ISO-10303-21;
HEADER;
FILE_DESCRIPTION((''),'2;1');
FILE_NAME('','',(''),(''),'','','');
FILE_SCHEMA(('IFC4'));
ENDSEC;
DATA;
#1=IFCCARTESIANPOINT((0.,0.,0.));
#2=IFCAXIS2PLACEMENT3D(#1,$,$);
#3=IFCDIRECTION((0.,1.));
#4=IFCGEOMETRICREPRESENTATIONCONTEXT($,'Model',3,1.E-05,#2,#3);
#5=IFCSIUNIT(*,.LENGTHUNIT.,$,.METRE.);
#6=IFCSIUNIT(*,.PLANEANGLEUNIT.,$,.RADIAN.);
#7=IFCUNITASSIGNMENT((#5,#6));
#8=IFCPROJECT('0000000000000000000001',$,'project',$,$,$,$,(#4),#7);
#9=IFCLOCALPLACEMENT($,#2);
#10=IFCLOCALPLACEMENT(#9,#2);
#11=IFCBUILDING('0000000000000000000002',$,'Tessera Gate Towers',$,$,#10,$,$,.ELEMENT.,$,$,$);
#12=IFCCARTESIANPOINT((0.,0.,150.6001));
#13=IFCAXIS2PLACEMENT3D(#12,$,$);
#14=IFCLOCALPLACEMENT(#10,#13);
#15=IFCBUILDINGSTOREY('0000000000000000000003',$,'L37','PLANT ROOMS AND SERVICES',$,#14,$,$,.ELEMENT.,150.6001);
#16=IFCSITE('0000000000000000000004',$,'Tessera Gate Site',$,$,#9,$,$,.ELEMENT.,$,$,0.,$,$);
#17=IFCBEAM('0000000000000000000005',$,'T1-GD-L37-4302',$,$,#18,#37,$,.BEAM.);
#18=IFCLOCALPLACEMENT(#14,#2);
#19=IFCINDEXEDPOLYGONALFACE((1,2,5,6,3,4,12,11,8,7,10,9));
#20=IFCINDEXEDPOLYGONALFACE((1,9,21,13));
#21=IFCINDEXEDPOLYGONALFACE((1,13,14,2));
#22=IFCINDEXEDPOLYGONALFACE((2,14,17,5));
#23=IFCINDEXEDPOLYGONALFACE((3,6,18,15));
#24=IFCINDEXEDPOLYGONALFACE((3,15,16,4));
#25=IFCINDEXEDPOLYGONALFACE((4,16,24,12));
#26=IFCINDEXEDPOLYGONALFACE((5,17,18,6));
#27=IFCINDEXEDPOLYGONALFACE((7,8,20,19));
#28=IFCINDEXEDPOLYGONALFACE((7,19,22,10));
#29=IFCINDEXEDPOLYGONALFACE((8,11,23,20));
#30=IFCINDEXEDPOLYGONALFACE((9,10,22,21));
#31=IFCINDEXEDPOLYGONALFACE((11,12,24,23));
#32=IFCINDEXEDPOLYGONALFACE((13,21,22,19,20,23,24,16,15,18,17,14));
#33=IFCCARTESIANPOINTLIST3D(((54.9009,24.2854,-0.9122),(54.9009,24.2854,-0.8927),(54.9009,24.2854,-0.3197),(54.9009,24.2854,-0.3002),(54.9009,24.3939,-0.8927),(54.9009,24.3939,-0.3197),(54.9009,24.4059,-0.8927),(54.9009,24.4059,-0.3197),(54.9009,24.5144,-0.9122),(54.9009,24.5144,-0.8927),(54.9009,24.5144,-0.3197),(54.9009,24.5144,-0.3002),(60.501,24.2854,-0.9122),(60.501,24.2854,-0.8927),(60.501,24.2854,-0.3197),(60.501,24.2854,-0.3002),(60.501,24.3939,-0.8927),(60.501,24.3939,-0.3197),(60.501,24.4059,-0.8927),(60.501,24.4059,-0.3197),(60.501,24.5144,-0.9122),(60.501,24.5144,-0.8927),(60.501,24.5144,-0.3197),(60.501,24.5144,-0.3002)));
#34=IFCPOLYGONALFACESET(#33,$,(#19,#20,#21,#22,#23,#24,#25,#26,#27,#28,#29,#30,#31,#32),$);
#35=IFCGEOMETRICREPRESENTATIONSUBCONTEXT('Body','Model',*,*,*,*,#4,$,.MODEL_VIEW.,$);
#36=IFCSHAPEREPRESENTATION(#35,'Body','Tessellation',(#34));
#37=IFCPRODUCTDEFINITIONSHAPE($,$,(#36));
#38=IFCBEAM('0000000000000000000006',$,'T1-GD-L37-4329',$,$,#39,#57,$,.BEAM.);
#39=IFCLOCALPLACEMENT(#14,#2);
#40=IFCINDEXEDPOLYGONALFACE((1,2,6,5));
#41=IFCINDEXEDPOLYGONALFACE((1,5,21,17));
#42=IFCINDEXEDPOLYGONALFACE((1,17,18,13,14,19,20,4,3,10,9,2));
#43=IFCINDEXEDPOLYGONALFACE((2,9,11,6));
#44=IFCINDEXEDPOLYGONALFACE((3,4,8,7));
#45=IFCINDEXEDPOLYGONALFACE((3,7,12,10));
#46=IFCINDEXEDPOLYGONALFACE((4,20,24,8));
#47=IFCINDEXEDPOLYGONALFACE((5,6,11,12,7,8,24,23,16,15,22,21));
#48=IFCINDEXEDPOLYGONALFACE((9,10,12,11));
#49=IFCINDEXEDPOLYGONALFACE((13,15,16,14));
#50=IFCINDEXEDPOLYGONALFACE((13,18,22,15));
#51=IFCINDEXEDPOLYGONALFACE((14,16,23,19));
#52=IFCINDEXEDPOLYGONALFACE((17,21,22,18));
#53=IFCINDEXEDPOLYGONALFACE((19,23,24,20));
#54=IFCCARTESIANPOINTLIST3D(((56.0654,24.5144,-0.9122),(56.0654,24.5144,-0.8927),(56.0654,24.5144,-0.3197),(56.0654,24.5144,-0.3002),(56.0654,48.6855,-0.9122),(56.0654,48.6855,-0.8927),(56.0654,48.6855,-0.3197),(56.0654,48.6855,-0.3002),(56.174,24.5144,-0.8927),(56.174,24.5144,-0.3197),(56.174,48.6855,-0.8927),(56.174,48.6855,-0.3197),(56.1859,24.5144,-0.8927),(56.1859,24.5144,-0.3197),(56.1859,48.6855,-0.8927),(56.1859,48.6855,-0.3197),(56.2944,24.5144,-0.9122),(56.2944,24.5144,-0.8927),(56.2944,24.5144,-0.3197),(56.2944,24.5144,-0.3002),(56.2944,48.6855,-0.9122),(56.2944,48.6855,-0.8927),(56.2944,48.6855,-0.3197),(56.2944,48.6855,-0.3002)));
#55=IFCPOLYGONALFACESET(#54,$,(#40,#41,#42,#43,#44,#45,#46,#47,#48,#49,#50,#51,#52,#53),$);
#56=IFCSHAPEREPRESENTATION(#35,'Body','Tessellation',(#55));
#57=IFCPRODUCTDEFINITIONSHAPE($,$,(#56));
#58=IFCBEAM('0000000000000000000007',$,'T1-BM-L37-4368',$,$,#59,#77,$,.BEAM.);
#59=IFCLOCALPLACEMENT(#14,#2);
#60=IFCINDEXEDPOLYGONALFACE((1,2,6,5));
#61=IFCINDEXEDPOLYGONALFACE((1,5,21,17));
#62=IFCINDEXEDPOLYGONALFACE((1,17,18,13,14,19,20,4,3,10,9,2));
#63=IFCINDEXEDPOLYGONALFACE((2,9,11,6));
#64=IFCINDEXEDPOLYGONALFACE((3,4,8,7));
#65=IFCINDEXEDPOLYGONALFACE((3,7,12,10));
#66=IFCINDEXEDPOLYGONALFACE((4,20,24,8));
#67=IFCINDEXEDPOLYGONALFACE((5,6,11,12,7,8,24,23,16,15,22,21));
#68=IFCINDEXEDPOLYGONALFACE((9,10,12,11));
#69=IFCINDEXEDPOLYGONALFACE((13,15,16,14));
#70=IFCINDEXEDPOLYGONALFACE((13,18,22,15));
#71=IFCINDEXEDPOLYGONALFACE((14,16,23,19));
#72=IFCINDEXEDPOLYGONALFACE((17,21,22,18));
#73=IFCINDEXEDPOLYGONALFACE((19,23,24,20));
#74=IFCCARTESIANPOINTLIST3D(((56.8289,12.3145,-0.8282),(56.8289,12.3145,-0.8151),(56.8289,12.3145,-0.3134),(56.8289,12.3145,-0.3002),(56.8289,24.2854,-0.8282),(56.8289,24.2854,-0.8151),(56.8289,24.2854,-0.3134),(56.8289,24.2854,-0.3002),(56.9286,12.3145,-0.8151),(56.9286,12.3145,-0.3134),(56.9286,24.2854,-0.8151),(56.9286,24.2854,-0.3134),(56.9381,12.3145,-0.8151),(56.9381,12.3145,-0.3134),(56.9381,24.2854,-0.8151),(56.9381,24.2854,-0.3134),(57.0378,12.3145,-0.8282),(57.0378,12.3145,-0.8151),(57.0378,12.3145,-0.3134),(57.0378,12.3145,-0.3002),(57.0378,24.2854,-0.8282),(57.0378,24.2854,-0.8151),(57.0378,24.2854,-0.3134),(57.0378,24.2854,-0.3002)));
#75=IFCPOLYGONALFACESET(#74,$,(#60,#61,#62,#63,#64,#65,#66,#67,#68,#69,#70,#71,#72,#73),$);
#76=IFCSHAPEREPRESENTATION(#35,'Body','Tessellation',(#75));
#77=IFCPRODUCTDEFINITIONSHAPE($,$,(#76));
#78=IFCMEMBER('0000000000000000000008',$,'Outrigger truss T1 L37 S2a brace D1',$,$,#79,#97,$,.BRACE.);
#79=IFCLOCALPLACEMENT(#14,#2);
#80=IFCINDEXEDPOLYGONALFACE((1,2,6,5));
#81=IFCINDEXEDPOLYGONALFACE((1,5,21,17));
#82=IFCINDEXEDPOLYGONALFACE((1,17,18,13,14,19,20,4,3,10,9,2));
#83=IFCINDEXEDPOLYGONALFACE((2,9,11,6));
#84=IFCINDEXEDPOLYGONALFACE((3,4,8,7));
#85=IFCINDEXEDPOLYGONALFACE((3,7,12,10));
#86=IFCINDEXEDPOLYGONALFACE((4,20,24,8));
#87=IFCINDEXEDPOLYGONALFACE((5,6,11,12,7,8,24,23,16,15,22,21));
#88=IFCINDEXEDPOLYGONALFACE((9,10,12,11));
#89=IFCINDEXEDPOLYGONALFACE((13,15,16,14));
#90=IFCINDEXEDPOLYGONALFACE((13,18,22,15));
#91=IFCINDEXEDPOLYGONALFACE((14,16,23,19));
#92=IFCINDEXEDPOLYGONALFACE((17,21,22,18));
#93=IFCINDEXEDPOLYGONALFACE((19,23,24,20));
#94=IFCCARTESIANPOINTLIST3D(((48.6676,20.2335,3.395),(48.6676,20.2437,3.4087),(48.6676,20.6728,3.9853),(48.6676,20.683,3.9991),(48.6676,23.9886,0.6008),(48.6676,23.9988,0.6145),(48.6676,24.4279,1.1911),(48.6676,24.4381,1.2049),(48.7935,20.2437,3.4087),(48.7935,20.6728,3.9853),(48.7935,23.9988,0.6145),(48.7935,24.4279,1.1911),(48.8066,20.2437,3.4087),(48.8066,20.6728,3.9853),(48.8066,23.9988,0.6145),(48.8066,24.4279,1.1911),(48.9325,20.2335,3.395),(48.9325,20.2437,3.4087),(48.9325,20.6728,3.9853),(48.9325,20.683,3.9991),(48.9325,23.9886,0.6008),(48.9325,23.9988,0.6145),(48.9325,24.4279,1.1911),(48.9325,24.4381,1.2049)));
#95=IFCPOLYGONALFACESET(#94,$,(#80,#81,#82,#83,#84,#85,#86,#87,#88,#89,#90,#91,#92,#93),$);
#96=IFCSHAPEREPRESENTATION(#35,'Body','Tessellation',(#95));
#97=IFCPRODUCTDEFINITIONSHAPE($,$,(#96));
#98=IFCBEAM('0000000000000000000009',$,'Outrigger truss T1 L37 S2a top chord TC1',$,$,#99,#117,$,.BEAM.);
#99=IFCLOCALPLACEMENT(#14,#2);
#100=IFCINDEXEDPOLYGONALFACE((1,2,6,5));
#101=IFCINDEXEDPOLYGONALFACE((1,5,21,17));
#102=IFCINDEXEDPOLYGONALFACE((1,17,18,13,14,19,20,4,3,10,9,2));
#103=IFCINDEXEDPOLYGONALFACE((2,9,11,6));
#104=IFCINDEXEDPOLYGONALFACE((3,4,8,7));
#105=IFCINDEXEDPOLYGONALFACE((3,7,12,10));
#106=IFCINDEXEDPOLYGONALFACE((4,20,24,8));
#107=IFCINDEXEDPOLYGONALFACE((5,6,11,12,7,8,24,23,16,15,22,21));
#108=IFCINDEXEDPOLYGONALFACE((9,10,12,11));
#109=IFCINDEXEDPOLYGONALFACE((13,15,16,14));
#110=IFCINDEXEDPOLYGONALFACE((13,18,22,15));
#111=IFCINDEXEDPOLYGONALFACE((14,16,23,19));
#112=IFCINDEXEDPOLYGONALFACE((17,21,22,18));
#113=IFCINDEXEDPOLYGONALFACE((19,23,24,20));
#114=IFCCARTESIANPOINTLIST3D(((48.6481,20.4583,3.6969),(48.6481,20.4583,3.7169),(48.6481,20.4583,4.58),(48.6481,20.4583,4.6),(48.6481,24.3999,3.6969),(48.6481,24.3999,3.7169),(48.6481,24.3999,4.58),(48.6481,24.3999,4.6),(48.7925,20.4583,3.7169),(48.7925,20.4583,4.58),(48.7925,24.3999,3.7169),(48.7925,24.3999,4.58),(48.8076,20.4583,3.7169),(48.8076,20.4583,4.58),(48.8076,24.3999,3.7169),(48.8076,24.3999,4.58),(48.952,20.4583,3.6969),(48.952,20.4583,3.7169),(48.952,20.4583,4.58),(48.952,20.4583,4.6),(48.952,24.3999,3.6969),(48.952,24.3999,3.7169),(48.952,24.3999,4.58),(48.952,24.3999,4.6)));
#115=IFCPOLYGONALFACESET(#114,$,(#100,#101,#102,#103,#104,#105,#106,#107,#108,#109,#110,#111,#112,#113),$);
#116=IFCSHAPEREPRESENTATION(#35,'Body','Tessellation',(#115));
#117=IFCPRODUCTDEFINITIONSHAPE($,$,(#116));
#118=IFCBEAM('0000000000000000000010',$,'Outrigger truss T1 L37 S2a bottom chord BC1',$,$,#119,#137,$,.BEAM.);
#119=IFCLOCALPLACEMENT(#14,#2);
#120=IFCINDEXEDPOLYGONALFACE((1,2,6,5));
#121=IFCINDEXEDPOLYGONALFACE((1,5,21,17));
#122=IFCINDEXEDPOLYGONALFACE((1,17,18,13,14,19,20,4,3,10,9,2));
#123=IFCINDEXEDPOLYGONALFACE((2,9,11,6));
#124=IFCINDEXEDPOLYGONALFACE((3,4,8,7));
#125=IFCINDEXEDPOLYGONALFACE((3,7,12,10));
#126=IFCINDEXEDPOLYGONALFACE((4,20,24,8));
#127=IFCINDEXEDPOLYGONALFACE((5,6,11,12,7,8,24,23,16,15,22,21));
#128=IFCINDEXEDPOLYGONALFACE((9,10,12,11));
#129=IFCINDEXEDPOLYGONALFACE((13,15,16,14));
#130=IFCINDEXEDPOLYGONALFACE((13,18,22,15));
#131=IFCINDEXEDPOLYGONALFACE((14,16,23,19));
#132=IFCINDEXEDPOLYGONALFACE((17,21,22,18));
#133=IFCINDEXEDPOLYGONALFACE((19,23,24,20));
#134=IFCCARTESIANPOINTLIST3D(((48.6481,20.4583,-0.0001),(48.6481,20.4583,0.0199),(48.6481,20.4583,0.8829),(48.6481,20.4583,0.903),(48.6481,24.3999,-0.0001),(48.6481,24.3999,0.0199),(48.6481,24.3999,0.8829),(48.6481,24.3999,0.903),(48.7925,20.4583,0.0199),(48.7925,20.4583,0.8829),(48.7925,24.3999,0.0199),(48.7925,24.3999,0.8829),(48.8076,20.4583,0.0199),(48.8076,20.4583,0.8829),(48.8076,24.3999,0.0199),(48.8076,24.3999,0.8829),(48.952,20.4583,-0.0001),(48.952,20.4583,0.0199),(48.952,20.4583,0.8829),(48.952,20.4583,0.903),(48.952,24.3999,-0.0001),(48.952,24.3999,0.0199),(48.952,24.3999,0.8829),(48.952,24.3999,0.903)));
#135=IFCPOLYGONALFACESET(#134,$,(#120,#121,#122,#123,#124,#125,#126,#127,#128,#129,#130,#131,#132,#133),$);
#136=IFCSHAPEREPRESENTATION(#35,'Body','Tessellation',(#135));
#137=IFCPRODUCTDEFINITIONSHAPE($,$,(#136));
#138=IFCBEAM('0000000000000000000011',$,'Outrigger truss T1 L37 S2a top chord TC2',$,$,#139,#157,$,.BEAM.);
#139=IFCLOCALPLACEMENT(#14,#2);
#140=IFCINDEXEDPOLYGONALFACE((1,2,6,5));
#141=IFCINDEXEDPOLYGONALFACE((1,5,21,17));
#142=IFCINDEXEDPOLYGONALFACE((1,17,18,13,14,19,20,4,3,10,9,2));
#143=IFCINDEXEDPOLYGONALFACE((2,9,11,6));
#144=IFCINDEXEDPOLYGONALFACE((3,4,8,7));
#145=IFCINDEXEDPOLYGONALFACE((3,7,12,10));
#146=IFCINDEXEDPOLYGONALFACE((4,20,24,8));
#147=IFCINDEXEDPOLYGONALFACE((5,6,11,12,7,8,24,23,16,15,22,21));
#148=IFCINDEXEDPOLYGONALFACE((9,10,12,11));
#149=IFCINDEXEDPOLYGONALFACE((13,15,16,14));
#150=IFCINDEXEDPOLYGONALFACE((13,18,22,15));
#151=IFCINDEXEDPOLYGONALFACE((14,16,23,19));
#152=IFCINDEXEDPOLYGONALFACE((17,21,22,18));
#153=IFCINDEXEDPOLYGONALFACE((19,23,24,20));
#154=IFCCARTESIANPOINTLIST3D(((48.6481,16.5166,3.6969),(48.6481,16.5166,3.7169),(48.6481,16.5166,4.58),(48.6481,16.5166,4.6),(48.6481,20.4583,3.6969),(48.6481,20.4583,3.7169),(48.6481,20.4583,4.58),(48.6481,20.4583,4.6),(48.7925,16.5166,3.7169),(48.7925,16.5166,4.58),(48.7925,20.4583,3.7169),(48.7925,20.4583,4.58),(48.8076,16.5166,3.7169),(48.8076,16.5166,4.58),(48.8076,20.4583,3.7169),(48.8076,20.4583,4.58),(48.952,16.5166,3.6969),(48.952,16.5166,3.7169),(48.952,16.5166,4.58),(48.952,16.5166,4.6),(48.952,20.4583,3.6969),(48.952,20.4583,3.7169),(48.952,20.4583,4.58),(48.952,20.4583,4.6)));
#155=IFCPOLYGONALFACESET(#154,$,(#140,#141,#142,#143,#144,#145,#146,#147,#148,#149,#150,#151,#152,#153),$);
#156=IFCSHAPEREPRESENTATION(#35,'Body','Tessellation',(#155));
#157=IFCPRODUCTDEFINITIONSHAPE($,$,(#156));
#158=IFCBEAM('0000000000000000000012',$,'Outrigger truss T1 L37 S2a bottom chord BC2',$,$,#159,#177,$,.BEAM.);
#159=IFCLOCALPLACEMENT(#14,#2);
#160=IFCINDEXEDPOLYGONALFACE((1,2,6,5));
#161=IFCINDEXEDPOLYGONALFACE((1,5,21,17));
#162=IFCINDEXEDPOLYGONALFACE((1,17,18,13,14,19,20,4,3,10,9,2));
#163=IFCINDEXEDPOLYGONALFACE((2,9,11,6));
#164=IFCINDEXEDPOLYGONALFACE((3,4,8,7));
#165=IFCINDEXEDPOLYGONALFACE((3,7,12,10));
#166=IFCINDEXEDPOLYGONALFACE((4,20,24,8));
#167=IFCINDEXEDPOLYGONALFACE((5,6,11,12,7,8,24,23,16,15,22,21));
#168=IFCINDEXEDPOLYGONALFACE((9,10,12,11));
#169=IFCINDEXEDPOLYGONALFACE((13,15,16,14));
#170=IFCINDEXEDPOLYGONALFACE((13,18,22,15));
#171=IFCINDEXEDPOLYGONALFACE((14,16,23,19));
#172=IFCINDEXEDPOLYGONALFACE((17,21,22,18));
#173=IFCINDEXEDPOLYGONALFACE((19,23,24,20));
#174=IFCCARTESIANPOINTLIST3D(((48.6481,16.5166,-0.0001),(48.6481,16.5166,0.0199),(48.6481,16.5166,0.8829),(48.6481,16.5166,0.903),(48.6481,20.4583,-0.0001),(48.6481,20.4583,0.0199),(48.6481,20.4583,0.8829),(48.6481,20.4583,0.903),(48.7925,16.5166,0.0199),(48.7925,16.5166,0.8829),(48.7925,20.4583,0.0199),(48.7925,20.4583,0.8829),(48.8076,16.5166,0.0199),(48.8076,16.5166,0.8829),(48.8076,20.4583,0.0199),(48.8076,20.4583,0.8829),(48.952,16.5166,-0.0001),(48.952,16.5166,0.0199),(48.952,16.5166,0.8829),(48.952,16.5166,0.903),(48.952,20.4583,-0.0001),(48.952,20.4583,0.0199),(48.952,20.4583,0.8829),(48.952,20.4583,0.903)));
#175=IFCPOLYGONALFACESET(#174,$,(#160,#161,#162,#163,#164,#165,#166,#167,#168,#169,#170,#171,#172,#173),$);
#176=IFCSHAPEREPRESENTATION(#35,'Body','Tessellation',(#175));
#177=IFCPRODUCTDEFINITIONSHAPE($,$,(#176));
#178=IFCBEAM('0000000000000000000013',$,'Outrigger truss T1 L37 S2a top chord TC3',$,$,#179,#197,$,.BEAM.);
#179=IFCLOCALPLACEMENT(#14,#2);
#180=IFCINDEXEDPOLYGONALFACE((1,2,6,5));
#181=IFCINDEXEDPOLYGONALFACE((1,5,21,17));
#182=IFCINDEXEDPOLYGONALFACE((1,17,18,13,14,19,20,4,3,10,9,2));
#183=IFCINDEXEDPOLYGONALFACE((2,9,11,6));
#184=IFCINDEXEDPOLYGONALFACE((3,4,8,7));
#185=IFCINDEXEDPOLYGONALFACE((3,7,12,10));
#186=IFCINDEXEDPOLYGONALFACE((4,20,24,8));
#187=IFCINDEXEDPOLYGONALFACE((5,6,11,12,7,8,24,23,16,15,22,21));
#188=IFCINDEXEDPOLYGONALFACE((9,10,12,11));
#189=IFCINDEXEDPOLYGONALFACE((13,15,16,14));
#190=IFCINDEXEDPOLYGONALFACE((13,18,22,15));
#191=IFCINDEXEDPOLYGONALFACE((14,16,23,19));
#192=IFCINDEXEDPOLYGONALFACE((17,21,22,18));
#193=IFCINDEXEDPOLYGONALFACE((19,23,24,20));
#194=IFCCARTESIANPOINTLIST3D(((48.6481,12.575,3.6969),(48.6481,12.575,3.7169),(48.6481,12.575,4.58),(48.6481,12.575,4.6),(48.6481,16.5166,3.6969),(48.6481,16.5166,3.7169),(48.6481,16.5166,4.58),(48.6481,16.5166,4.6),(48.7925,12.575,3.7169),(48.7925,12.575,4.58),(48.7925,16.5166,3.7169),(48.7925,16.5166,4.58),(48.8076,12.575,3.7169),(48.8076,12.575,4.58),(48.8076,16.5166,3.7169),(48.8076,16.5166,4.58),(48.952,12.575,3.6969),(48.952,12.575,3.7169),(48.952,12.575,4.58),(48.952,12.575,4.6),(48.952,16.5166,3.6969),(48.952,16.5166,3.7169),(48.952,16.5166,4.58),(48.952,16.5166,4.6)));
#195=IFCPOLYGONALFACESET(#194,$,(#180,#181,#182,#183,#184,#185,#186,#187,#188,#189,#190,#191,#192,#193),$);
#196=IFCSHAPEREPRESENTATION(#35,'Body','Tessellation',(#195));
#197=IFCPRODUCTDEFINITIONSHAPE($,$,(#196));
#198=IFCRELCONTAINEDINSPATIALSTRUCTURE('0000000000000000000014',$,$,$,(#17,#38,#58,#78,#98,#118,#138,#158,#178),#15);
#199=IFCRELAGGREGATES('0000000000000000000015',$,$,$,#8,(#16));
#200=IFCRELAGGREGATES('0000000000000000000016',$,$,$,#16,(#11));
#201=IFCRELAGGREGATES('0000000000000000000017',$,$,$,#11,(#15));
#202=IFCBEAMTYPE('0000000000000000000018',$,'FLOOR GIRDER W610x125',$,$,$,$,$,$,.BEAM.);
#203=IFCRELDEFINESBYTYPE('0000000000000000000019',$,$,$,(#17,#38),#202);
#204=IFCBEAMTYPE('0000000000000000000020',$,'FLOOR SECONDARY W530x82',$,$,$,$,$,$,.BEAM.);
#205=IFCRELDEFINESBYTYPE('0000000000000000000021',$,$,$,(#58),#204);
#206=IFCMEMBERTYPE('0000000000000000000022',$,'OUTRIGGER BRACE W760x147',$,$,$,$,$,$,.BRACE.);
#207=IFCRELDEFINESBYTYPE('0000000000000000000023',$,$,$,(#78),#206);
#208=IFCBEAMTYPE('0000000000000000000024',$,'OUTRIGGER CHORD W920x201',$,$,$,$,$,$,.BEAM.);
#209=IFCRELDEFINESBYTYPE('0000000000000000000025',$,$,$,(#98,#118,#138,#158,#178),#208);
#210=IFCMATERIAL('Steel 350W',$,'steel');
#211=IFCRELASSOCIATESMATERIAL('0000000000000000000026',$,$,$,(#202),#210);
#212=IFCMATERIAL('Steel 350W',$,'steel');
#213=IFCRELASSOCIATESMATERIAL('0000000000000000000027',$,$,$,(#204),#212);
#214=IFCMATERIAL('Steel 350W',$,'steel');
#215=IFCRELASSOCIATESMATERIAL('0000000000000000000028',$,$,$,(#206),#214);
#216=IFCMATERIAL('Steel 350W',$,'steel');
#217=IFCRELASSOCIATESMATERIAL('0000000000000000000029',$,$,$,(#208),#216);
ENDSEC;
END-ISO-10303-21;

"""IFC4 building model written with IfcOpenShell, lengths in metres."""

from ifc_helpers import new_model, si_unit, direction, frame, origin, origin_2d, place, context, subcontext, project, spatial, i_section, extrude, material, material_profile, profile_set, type_object, element, save


model = new_model("IFC4")

# Units and contexts
model_context = context("Model", 3, precision=1e-05, world=origin(), true_north=direction((0.0, 1.0)))
body_context = subcontext(model_context, "Body", "Model", "MODEL_VIEW")
ifc_project = project(units=[si_unit("LENGTHUNIT", "METRE"), si_unit("PLANEANGLEUNIT", "RADIAN")], contexts=[model_context])

# Site, building, storey
site_placement = place(None, origin())
site = spatial("IfcSite", under=ifc_project, at=site_placement, Name="Tessera Gate Site", CompositionType="ELEMENT", RefElevation=0.0)
building_placement = place(site_placement, origin())
building = spatial("IfcBuilding", under=site, at=building_placement, Name="Tessera Gate Towers", CompositionType="ELEMENT")
storey_placement = place(building_placement, frame((0.0, 0.0, 150.6001)))
storey = spatial("IfcBuildingStorey", under=building, at=storey_placement, Name="L37", Description="PLANT ROOMS AND SERVICES", CompositionType="ELEMENT", Elevation=150.6001)

# Beams
ifc_material_1 = material(Name="Steel 350W", Category="steel")
ifc_material_profile_1 = material_profile(ifc_material_1, i_section(OverallWidth=0.229, OverallDepth=0.6121, WebThickness=0.012, FlangeThickness=0.0195, at=origin_2d()), Name="W610x125")
ifc_profile_set_1 = profile_set([ifc_material_profile_1], Name="Steel 350W")
beam_type_1 = type_object("IfcBeamType", Name="FLOOR GIRDER W610x125", PredefinedType="BEAM", material=ifc_profile_set_1)
beam_1_placement = place(storey_placement, frame((54.9009, 24.3999, -0.6062), z_axis=(1.0, 0.0, 0.0), x_axis=(0.0, 1.0, 0.0)))
element("IfcBeam", 1, at=beam_1_placement, inside=storey, type_object=beam_type_1, Name="T1-GD-L37-4302", PredefinedType="BEAM", context=body_context, shape_type="SweptSolid", body=[
    extrude(i_section(OverallWidth=0.229, OverallDepth=0.6121, WebThickness=0.012, FlangeThickness=0.0195, at=origin_2d()), origin(), (0.0, 0.0, 1.0), 5.6001),
])
beam_2_placement = place(storey_placement, frame((56.1799, 24.5144, -0.6062), z_axis=(0.0, 1.0, 0.0), x_axis=(-1.0, 0.0, 0.0)))
element("IfcBeam", 2, at=beam_2_placement, inside=storey, type_object=beam_type_1, Name="T1-GD-L37-4329", PredefinedType="BEAM", context=body_context, shape_type="SweptSolid", body=[
    extrude(i_section(OverallWidth=0.229, OverallDepth=0.6121, WebThickness=0.012, FlangeThickness=0.0195, at=origin_2d()), origin(), (0.0, 0.0, 1.0), 24.1711),
])
ifc_material_2 = material(Name="Steel 350W", Category="steel")
ifc_material_profile_2 = material_profile(ifc_material_2, i_section(OverallWidth=0.209, OverallDepth=0.5281, WebThickness=0.0095, FlangeThickness=0.0132, at=origin_2d()), Name="W530x82")
ifc_profile_set_2 = profile_set([ifc_material_profile_2], Name="Steel 350W")
beam_type_2 = type_object("IfcBeamType", Name="FLOOR SECONDARY W530x82", PredefinedType="BEAM", material=ifc_profile_set_2)
beam_3_placement = place(storey_placement, frame((56.9333, 12.3145, -0.5642), z_axis=(0.0, 1.0, 0.0), x_axis=(-1.0, 0.0, 0.0)))
element("IfcBeam", 3, at=beam_3_placement, inside=storey, type_object=beam_type_2, Name="T1-BM-L37-4368", PredefinedType="BEAM", context=body_context, shape_type="SweptSolid", body=[
    extrude(i_section(OverallWidth=0.209, OverallDepth=0.5281, WebThickness=0.0095, FlangeThickness=0.0132, at=origin_2d()), origin(), (0.0, 0.0, 1.0), 11.9709),
])

# Member
ifc_material_3 = material(Name="Steel 350W", Category="steel")
ifc_material_profile_3 = material_profile(ifc_material_3, i_section(OverallWidth=0.2649, OverallDepth=0.7529, WebThickness=0.0132, FlangeThickness=0.0171, at=origin_2d()), Name="W760x147")
ifc_profile_set_3 = profile_set([ifc_material_profile_3], Name="Steel 350W")
member_type_1 = type_object("IfcMemberType", Name="OUTRIGGER BRACE W760x147", PredefinedType="BRACE", material=ifc_profile_set_3)
member_placement = place(storey_placement, frame((48.8, 24.2134, 0.9028), z_axis=(0.0, -0.802266, 0.596966), x_axis=(1.0, 0.0, 0.0)))
element("IfcMember", 4, at=member_placement, inside=storey, type_object=member_type_1, Name="Outrigger truss T1 L37 S2a brace D1", PredefinedType="BRACE", context=body_context, shape_type="SweptSolid", body=[
    extrude(i_section(OverallWidth=0.2649, OverallDepth=0.7529, WebThickness=0.0132, FlangeThickness=0.0171, at=origin_2d()), origin(), (0.0, 0.0, 1.0), 4.6807),
])

# Beams
ifc_material_4 = material(Name="Steel 350W", Category="steel")
ifc_material_profile_4 = material_profile(ifc_material_4, i_section(OverallWidth=0.304, OverallDepth=0.9031, WebThickness=0.0151, FlangeThickness=0.02, at=origin_2d()), Name="W920x201")
ifc_profile_set_4 = profile_set([ifc_material_profile_4], Name="Steel 350W")
beam_type_3 = type_object("IfcBeamType", Name="OUTRIGGER CHORD W920x201", PredefinedType="BEAM", material=ifc_profile_set_4)
for number, where, z_axis, x_axis, name in (
    (5, (48.8, 24.3999, 4.1484), (0.0, -1.0, 0.0), (1.0, 0.0, 0.0), "Outrigger truss T1 L37 S2a top chord TC1"),
    (6, (48.8, 24.3999, 0.4514), (0.0, -1.0, 0.0), (1.0, 0.0, 0.0), "Outrigger truss T1 L37 S2a bottom chord BC1"),
    (7, (48.8, 20.4583, 4.1484), (0.0, -1.0, 0.0), (1.0, 0.0, 0.0), "Outrigger truss T1 L37 S2a top chord TC2"),
    (8, (48.8, 20.4583, 0.4514), (0.0, -1.0, 0.0), (1.0, 0.0, 0.0), "Outrigger truss T1 L37 S2a bottom chord BC2"),
    (9, (48.8, 16.5166, 4.1484), (0.0, -1.0, 0.0), (1.0, 0.0, 0.0), "Outrigger truss T1 L37 S2a top chord TC3"),
):
    element("IfcBeam", number, at=place(storey_placement, frame(where, z_axis=z_axis, x_axis=x_axis)), inside=storey, type_object=beam_type_3, Name=name, PredefinedType="BEAM", context=body_context, shape_type="SweptSolid", body=[
        extrude(i_section(OverallWidth=0.304, OverallDepth=0.9031, WebThickness=0.0151, FlangeThickness=0.02, at=origin_2d()), origin(), (0.0, 0.0, 1.0), 3.9417),
    ])

save(model, "model.ifc")
